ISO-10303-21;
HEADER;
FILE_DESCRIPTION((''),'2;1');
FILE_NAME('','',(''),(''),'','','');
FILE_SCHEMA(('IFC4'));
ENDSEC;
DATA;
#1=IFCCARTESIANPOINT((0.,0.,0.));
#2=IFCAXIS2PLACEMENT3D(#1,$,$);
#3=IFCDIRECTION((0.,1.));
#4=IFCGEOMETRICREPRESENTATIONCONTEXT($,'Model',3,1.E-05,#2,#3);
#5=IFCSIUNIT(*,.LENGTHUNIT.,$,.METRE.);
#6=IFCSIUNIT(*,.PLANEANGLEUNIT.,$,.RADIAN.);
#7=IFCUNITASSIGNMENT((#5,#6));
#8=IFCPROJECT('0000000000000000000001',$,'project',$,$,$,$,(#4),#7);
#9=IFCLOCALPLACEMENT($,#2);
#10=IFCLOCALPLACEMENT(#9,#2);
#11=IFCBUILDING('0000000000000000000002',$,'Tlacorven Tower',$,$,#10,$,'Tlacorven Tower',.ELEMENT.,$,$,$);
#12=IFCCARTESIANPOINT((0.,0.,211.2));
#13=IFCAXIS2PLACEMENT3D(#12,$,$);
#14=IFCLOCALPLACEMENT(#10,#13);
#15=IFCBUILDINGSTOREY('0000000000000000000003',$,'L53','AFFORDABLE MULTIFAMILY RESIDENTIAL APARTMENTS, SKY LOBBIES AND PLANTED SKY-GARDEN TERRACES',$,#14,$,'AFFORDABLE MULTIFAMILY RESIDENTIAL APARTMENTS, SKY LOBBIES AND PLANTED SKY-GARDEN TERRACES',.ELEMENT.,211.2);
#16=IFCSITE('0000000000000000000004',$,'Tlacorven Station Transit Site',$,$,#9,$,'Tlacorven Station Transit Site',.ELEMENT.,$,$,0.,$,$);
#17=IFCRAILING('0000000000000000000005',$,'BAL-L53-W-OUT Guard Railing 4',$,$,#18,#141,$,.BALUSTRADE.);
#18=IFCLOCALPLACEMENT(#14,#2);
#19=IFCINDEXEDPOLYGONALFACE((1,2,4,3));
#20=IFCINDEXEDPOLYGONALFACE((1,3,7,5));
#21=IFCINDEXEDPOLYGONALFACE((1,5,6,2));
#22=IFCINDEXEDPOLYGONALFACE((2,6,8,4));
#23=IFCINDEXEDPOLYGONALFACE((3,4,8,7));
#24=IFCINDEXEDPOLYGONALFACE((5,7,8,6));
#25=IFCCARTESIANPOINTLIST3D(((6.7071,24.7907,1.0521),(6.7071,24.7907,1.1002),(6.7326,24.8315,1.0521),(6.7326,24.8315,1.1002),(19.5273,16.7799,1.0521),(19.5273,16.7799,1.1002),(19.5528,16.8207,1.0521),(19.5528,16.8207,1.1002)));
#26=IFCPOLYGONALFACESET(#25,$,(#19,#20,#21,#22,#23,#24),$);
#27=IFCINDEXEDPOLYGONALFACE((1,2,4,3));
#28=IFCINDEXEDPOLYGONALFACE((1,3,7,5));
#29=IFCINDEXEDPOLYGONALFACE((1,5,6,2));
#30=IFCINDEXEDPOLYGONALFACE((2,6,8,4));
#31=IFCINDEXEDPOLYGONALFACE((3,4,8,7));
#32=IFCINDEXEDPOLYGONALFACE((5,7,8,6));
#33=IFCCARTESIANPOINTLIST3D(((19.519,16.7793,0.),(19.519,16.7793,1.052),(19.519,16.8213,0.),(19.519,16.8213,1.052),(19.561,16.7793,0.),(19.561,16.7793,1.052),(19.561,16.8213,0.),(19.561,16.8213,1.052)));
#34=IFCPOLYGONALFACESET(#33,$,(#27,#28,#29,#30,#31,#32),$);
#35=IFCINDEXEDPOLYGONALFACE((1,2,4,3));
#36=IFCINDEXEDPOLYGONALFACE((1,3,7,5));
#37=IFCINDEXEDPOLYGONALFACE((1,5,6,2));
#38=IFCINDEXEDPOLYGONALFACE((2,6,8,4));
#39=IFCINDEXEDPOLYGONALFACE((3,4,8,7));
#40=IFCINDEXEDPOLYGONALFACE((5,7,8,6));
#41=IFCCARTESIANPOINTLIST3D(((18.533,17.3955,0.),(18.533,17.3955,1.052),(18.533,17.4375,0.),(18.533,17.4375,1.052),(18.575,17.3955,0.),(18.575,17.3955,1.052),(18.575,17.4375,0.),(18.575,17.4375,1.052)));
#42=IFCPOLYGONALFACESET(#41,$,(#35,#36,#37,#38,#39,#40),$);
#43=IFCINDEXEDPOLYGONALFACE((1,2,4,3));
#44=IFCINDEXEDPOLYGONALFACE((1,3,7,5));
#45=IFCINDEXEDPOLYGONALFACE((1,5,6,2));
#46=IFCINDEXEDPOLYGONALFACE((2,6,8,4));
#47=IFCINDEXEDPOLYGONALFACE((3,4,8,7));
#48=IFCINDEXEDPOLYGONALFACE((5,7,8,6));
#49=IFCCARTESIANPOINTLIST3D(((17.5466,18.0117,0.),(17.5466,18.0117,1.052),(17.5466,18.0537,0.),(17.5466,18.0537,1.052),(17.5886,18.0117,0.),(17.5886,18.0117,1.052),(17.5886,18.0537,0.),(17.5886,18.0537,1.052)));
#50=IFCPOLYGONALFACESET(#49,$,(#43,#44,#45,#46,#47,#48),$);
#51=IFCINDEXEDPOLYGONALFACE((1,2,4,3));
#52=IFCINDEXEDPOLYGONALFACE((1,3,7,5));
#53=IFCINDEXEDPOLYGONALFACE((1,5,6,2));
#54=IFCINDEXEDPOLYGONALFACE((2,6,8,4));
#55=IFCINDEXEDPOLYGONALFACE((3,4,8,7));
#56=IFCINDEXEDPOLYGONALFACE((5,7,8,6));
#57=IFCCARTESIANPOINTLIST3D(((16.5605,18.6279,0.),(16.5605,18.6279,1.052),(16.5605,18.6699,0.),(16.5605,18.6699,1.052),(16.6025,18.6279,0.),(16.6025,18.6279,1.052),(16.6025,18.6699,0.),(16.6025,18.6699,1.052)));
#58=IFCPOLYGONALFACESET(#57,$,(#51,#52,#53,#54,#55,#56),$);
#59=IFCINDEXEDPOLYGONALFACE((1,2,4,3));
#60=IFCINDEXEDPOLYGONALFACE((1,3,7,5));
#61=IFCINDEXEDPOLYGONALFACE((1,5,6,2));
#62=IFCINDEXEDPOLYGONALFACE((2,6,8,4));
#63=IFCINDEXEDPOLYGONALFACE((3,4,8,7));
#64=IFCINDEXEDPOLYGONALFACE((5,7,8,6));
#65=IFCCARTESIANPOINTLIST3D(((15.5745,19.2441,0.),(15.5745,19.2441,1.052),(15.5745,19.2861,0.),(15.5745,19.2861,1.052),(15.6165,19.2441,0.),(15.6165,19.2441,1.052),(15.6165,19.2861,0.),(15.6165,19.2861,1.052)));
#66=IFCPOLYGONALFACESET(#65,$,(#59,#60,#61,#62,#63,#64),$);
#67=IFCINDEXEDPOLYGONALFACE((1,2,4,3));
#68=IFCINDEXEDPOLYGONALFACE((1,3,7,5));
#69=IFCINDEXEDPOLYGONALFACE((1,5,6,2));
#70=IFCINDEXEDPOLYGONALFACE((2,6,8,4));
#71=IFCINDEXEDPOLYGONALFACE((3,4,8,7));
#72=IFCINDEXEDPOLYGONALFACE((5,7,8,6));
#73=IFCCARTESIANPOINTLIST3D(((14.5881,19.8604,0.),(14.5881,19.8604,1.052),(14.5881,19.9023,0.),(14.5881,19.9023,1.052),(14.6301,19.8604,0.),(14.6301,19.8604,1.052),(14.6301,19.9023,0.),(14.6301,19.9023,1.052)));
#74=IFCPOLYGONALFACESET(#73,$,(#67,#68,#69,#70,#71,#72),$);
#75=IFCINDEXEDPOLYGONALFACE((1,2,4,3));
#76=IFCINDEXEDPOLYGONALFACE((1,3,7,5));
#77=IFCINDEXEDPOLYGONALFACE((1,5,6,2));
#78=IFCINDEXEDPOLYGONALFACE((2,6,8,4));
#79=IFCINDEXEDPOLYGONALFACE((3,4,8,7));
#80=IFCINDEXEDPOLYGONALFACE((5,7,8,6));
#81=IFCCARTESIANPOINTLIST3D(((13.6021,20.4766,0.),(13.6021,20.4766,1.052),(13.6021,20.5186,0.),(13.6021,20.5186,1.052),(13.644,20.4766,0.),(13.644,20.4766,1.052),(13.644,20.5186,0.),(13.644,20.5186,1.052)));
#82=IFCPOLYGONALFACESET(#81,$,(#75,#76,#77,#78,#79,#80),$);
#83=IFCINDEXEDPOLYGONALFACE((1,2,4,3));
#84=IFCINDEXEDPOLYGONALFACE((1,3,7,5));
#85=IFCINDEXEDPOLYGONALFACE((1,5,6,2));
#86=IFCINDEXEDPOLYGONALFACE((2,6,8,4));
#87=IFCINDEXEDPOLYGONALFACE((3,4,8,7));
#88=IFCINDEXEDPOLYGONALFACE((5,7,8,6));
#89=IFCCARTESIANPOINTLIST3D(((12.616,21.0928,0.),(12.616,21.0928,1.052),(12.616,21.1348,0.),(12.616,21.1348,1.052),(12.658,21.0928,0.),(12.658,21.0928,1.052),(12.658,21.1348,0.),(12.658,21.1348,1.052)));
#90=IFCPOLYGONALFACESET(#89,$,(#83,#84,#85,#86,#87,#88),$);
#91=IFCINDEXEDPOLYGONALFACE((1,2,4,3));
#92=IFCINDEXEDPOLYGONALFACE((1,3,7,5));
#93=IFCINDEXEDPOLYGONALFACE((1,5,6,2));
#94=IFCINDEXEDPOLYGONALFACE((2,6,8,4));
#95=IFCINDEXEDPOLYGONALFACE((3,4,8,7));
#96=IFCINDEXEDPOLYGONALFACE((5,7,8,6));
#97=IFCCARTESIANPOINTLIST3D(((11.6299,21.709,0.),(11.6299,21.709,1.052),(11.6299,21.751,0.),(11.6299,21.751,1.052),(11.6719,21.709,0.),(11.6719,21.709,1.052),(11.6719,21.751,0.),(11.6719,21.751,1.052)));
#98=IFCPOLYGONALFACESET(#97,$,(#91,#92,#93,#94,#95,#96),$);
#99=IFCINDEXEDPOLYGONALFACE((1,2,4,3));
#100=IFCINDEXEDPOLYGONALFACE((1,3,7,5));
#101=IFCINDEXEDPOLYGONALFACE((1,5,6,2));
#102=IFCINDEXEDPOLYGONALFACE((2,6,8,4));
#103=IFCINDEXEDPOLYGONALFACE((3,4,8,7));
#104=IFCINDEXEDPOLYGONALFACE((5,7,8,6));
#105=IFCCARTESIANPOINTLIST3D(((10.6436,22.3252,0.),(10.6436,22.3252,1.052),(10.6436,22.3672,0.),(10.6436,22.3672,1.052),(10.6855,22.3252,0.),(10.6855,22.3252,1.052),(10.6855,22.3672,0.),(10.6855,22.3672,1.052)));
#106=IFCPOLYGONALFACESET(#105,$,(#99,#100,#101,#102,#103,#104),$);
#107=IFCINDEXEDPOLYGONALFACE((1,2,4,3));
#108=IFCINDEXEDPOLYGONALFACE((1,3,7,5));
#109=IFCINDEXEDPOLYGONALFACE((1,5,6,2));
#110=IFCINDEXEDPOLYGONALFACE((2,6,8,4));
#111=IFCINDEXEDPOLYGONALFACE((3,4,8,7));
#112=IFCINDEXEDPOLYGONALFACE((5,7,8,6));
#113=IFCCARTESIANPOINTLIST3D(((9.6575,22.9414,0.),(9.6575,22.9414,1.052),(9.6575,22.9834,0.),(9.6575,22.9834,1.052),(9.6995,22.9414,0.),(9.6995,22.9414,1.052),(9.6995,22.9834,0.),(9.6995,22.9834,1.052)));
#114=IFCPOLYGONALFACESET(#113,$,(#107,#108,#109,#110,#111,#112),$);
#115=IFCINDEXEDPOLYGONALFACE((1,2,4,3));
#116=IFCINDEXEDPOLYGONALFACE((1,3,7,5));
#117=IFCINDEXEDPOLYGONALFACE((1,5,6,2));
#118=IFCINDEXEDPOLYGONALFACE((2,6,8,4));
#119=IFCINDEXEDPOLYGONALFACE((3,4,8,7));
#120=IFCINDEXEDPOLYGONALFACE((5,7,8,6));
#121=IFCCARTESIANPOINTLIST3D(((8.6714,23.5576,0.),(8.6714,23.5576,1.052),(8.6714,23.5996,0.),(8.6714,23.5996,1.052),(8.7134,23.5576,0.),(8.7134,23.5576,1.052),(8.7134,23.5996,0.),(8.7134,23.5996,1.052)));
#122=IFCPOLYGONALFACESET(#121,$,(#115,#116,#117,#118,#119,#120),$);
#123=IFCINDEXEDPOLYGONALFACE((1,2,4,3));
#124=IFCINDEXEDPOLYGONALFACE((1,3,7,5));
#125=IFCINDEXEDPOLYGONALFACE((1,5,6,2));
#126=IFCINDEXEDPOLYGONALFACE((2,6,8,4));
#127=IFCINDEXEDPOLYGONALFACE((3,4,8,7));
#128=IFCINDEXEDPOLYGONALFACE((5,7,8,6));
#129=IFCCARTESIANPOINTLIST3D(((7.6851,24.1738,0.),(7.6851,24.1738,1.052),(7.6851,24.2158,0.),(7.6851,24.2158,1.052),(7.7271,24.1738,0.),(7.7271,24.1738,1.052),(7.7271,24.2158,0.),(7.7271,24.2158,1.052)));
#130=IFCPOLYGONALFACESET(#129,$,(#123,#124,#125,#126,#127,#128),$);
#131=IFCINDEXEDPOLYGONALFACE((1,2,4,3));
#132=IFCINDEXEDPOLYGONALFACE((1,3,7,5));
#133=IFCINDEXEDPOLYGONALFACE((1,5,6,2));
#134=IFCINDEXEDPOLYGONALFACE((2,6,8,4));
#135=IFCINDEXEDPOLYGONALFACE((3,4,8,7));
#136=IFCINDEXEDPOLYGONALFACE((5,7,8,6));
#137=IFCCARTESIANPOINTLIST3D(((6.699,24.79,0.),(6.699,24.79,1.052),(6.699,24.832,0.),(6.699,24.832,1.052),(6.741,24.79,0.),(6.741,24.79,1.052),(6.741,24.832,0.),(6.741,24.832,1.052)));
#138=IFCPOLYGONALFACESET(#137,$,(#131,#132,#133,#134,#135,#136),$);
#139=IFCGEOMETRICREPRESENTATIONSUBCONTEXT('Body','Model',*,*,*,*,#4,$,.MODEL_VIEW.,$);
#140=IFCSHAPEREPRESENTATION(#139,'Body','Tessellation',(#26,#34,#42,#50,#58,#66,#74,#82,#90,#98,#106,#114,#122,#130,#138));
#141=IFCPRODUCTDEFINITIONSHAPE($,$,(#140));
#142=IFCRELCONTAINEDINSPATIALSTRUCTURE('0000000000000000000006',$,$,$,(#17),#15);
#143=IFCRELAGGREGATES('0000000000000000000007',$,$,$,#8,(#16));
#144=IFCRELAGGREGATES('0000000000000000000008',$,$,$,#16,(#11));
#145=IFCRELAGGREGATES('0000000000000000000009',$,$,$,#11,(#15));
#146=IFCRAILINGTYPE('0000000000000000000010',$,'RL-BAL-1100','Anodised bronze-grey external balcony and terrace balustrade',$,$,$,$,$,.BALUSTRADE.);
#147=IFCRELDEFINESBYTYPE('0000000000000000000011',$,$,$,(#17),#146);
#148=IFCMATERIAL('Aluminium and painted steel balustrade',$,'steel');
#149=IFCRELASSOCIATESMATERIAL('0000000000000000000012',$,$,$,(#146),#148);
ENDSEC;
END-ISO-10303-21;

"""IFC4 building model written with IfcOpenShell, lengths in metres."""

from ifc_helpers import new_model, si_unit, direction, frame, origin, origin_2d, place, context, subcontext, project, spatial, rectangle, extrude, source, transform, mapped, material, type_object, element, save


model = new_model("IFC4")

# Units and contexts
model_context = context("Model", 3, precision=1e-05, world=origin(), true_north=direction((0.0, 1.0)))
body_context = subcontext(model_context, "Body", "Model", "MODEL_VIEW")
ifc_project = project(units=[si_unit("LENGTHUNIT", "METRE"), si_unit("PLANEANGLEUNIT", "RADIAN")], contexts=[model_context])

# Site, building, storey
site_placement = place(None, origin())
site = spatial("IfcSite", under=ifc_project, at=site_placement, Name="Tlacorven Station Transit Site", LongName="Tlacorven Station Transit Site", CompositionType="ELEMENT", RefElevation=0.0)
building_placement = place(site_placement, origin())
building = spatial("IfcBuilding", under=site, at=building_placement, Name="Tlacorven Tower", LongName="Tlacorven Tower", CompositionType="ELEMENT")
storey_placement = place(building_placement, frame((0.0, 0.0, 211.2)))
storey = spatial("IfcBuildingStorey", under=building, at=storey_placement, Name="L53", Description="AFFORDABLE MULTIFAMILY RESIDENTIAL APARTMENTS, SKY LOBBIES AND PLANTED SKY-GARDEN TERRACES", LongName="AFFORDABLE MULTIFAMILY RESIDENTIAL APARTMENTS, SKY LOBBIES AND PLANTED SKY-GARDEN TERRACES", CompositionType="ELEMENT", Elevation=211.2)

# Railing
ifc_material_1 = material(Name="Aluminium and painted steel balustrade", Category="steel")
railing_type = type_object("IfcRailingType", Name="RL-BAL-1100", Description="Anodised bronze-grey external balcony and terrace balustrade", PredefinedType="BALUSTRADE", material=ifc_material_1)
shared_shape_1 = source(origin(), body_context, "Body", "SweptSolid", [
    extrude(rectangle(XDim=0.0481, YDim=0.0481, at=origin_2d()), frame((0.0, 0.0, 1.0762), z_axis=(-0.848052, 0.529913, 0.0), x_axis=(-0.529913, -0.848052, 0.0)), (0.0, 0.0, 1.0), 15.1172),
    extrude(rectangle(XDim=0.042, YDim=0.042, at=origin_2d()), origin(), (0.0, 0.0, 1.0), 1.052),
    extrude(rectangle(XDim=0.042, YDim=0.042, at=origin_2d()), frame((-0.9861, 0.6162, 0.0)), (0.0, 0.0, 1.0), 1.052),
    extrude(rectangle(XDim=0.042, YDim=0.042, at=origin_2d()), frame((-1.9724, 1.2324, 0.0)), (0.0, 0.0, 1.0), 1.052),
    extrude(rectangle(XDim=0.042, YDim=0.042, at=origin_2d()), frame((-2.9585, 1.8486, 0.0)), (0.0, 0.0, 1.0), 1.052),
    extrude(rectangle(XDim=0.042, YDim=0.042, at=origin_2d()), frame((-3.9446, 2.4648, 0.0)), (0.0, 0.0, 1.0), 1.052),
    extrude(rectangle(XDim=0.042, YDim=0.042, at=origin_2d()), frame((-4.9309, 3.0811, 0.0)), (0.0, 0.0, 1.0), 1.052),
    extrude(rectangle(XDim=0.042, YDim=0.042, at=origin_2d()), frame((-5.917, 3.6973, 0.0)), (0.0, 0.0, 1.0), 1.052),
    extrude(rectangle(XDim=0.042, YDim=0.042, at=origin_2d()), frame((-6.9031, 4.3135, 0.0)), (0.0, 0.0, 1.0), 1.052),
    extrude(rectangle(XDim=0.042, YDim=0.042, at=origin_2d()), frame((-7.8892, 4.9297, 0.0)), (0.0, 0.0, 1.0), 1.052),
    extrude(rectangle(XDim=0.042, YDim=0.042, at=origin_2d()), frame((-8.8755, 5.5459, 0.0)), (0.0, 0.0, 1.0), 1.052),
    extrude(rectangle(XDim=0.042, YDim=0.042, at=origin_2d()), frame((-9.8616, 6.1621, 0.0)), (0.0, 0.0, 1.0), 1.052),
    extrude(rectangle(XDim=0.042, YDim=0.042, at=origin_2d()), frame((-10.8477, 6.7783, 0.0)), (0.0, 0.0, 1.0), 1.052),
    extrude(rectangle(XDim=0.042, YDim=0.042, at=origin_2d()), frame((-11.834, 7.3945, 0.0)), (0.0, 0.0, 1.0), 1.052),
    extrude(rectangle(XDim=0.042, YDim=0.042, at=origin_2d()), frame((-12.8201, 8.0107, 0.0)), (0.0, 0.0, 1.0), 1.052),
])
railing_1_placement = place(storey_placement, frame((19.54, 16.8003, 0.0)))
element("IfcRailing", 1, at=railing_1_placement, inside=storey, type_object=railing_type, Name="BAL-L53-W-OUT Guard Railing 4", PredefinedType="BALUSTRADE", context=body_context, shape_type="MappedRepresentation", body=[
    mapped(shared_shape_1, transform((0.0, 0.0, 0.0), scale=1.0)),
])

save(model, "model.ifc")
